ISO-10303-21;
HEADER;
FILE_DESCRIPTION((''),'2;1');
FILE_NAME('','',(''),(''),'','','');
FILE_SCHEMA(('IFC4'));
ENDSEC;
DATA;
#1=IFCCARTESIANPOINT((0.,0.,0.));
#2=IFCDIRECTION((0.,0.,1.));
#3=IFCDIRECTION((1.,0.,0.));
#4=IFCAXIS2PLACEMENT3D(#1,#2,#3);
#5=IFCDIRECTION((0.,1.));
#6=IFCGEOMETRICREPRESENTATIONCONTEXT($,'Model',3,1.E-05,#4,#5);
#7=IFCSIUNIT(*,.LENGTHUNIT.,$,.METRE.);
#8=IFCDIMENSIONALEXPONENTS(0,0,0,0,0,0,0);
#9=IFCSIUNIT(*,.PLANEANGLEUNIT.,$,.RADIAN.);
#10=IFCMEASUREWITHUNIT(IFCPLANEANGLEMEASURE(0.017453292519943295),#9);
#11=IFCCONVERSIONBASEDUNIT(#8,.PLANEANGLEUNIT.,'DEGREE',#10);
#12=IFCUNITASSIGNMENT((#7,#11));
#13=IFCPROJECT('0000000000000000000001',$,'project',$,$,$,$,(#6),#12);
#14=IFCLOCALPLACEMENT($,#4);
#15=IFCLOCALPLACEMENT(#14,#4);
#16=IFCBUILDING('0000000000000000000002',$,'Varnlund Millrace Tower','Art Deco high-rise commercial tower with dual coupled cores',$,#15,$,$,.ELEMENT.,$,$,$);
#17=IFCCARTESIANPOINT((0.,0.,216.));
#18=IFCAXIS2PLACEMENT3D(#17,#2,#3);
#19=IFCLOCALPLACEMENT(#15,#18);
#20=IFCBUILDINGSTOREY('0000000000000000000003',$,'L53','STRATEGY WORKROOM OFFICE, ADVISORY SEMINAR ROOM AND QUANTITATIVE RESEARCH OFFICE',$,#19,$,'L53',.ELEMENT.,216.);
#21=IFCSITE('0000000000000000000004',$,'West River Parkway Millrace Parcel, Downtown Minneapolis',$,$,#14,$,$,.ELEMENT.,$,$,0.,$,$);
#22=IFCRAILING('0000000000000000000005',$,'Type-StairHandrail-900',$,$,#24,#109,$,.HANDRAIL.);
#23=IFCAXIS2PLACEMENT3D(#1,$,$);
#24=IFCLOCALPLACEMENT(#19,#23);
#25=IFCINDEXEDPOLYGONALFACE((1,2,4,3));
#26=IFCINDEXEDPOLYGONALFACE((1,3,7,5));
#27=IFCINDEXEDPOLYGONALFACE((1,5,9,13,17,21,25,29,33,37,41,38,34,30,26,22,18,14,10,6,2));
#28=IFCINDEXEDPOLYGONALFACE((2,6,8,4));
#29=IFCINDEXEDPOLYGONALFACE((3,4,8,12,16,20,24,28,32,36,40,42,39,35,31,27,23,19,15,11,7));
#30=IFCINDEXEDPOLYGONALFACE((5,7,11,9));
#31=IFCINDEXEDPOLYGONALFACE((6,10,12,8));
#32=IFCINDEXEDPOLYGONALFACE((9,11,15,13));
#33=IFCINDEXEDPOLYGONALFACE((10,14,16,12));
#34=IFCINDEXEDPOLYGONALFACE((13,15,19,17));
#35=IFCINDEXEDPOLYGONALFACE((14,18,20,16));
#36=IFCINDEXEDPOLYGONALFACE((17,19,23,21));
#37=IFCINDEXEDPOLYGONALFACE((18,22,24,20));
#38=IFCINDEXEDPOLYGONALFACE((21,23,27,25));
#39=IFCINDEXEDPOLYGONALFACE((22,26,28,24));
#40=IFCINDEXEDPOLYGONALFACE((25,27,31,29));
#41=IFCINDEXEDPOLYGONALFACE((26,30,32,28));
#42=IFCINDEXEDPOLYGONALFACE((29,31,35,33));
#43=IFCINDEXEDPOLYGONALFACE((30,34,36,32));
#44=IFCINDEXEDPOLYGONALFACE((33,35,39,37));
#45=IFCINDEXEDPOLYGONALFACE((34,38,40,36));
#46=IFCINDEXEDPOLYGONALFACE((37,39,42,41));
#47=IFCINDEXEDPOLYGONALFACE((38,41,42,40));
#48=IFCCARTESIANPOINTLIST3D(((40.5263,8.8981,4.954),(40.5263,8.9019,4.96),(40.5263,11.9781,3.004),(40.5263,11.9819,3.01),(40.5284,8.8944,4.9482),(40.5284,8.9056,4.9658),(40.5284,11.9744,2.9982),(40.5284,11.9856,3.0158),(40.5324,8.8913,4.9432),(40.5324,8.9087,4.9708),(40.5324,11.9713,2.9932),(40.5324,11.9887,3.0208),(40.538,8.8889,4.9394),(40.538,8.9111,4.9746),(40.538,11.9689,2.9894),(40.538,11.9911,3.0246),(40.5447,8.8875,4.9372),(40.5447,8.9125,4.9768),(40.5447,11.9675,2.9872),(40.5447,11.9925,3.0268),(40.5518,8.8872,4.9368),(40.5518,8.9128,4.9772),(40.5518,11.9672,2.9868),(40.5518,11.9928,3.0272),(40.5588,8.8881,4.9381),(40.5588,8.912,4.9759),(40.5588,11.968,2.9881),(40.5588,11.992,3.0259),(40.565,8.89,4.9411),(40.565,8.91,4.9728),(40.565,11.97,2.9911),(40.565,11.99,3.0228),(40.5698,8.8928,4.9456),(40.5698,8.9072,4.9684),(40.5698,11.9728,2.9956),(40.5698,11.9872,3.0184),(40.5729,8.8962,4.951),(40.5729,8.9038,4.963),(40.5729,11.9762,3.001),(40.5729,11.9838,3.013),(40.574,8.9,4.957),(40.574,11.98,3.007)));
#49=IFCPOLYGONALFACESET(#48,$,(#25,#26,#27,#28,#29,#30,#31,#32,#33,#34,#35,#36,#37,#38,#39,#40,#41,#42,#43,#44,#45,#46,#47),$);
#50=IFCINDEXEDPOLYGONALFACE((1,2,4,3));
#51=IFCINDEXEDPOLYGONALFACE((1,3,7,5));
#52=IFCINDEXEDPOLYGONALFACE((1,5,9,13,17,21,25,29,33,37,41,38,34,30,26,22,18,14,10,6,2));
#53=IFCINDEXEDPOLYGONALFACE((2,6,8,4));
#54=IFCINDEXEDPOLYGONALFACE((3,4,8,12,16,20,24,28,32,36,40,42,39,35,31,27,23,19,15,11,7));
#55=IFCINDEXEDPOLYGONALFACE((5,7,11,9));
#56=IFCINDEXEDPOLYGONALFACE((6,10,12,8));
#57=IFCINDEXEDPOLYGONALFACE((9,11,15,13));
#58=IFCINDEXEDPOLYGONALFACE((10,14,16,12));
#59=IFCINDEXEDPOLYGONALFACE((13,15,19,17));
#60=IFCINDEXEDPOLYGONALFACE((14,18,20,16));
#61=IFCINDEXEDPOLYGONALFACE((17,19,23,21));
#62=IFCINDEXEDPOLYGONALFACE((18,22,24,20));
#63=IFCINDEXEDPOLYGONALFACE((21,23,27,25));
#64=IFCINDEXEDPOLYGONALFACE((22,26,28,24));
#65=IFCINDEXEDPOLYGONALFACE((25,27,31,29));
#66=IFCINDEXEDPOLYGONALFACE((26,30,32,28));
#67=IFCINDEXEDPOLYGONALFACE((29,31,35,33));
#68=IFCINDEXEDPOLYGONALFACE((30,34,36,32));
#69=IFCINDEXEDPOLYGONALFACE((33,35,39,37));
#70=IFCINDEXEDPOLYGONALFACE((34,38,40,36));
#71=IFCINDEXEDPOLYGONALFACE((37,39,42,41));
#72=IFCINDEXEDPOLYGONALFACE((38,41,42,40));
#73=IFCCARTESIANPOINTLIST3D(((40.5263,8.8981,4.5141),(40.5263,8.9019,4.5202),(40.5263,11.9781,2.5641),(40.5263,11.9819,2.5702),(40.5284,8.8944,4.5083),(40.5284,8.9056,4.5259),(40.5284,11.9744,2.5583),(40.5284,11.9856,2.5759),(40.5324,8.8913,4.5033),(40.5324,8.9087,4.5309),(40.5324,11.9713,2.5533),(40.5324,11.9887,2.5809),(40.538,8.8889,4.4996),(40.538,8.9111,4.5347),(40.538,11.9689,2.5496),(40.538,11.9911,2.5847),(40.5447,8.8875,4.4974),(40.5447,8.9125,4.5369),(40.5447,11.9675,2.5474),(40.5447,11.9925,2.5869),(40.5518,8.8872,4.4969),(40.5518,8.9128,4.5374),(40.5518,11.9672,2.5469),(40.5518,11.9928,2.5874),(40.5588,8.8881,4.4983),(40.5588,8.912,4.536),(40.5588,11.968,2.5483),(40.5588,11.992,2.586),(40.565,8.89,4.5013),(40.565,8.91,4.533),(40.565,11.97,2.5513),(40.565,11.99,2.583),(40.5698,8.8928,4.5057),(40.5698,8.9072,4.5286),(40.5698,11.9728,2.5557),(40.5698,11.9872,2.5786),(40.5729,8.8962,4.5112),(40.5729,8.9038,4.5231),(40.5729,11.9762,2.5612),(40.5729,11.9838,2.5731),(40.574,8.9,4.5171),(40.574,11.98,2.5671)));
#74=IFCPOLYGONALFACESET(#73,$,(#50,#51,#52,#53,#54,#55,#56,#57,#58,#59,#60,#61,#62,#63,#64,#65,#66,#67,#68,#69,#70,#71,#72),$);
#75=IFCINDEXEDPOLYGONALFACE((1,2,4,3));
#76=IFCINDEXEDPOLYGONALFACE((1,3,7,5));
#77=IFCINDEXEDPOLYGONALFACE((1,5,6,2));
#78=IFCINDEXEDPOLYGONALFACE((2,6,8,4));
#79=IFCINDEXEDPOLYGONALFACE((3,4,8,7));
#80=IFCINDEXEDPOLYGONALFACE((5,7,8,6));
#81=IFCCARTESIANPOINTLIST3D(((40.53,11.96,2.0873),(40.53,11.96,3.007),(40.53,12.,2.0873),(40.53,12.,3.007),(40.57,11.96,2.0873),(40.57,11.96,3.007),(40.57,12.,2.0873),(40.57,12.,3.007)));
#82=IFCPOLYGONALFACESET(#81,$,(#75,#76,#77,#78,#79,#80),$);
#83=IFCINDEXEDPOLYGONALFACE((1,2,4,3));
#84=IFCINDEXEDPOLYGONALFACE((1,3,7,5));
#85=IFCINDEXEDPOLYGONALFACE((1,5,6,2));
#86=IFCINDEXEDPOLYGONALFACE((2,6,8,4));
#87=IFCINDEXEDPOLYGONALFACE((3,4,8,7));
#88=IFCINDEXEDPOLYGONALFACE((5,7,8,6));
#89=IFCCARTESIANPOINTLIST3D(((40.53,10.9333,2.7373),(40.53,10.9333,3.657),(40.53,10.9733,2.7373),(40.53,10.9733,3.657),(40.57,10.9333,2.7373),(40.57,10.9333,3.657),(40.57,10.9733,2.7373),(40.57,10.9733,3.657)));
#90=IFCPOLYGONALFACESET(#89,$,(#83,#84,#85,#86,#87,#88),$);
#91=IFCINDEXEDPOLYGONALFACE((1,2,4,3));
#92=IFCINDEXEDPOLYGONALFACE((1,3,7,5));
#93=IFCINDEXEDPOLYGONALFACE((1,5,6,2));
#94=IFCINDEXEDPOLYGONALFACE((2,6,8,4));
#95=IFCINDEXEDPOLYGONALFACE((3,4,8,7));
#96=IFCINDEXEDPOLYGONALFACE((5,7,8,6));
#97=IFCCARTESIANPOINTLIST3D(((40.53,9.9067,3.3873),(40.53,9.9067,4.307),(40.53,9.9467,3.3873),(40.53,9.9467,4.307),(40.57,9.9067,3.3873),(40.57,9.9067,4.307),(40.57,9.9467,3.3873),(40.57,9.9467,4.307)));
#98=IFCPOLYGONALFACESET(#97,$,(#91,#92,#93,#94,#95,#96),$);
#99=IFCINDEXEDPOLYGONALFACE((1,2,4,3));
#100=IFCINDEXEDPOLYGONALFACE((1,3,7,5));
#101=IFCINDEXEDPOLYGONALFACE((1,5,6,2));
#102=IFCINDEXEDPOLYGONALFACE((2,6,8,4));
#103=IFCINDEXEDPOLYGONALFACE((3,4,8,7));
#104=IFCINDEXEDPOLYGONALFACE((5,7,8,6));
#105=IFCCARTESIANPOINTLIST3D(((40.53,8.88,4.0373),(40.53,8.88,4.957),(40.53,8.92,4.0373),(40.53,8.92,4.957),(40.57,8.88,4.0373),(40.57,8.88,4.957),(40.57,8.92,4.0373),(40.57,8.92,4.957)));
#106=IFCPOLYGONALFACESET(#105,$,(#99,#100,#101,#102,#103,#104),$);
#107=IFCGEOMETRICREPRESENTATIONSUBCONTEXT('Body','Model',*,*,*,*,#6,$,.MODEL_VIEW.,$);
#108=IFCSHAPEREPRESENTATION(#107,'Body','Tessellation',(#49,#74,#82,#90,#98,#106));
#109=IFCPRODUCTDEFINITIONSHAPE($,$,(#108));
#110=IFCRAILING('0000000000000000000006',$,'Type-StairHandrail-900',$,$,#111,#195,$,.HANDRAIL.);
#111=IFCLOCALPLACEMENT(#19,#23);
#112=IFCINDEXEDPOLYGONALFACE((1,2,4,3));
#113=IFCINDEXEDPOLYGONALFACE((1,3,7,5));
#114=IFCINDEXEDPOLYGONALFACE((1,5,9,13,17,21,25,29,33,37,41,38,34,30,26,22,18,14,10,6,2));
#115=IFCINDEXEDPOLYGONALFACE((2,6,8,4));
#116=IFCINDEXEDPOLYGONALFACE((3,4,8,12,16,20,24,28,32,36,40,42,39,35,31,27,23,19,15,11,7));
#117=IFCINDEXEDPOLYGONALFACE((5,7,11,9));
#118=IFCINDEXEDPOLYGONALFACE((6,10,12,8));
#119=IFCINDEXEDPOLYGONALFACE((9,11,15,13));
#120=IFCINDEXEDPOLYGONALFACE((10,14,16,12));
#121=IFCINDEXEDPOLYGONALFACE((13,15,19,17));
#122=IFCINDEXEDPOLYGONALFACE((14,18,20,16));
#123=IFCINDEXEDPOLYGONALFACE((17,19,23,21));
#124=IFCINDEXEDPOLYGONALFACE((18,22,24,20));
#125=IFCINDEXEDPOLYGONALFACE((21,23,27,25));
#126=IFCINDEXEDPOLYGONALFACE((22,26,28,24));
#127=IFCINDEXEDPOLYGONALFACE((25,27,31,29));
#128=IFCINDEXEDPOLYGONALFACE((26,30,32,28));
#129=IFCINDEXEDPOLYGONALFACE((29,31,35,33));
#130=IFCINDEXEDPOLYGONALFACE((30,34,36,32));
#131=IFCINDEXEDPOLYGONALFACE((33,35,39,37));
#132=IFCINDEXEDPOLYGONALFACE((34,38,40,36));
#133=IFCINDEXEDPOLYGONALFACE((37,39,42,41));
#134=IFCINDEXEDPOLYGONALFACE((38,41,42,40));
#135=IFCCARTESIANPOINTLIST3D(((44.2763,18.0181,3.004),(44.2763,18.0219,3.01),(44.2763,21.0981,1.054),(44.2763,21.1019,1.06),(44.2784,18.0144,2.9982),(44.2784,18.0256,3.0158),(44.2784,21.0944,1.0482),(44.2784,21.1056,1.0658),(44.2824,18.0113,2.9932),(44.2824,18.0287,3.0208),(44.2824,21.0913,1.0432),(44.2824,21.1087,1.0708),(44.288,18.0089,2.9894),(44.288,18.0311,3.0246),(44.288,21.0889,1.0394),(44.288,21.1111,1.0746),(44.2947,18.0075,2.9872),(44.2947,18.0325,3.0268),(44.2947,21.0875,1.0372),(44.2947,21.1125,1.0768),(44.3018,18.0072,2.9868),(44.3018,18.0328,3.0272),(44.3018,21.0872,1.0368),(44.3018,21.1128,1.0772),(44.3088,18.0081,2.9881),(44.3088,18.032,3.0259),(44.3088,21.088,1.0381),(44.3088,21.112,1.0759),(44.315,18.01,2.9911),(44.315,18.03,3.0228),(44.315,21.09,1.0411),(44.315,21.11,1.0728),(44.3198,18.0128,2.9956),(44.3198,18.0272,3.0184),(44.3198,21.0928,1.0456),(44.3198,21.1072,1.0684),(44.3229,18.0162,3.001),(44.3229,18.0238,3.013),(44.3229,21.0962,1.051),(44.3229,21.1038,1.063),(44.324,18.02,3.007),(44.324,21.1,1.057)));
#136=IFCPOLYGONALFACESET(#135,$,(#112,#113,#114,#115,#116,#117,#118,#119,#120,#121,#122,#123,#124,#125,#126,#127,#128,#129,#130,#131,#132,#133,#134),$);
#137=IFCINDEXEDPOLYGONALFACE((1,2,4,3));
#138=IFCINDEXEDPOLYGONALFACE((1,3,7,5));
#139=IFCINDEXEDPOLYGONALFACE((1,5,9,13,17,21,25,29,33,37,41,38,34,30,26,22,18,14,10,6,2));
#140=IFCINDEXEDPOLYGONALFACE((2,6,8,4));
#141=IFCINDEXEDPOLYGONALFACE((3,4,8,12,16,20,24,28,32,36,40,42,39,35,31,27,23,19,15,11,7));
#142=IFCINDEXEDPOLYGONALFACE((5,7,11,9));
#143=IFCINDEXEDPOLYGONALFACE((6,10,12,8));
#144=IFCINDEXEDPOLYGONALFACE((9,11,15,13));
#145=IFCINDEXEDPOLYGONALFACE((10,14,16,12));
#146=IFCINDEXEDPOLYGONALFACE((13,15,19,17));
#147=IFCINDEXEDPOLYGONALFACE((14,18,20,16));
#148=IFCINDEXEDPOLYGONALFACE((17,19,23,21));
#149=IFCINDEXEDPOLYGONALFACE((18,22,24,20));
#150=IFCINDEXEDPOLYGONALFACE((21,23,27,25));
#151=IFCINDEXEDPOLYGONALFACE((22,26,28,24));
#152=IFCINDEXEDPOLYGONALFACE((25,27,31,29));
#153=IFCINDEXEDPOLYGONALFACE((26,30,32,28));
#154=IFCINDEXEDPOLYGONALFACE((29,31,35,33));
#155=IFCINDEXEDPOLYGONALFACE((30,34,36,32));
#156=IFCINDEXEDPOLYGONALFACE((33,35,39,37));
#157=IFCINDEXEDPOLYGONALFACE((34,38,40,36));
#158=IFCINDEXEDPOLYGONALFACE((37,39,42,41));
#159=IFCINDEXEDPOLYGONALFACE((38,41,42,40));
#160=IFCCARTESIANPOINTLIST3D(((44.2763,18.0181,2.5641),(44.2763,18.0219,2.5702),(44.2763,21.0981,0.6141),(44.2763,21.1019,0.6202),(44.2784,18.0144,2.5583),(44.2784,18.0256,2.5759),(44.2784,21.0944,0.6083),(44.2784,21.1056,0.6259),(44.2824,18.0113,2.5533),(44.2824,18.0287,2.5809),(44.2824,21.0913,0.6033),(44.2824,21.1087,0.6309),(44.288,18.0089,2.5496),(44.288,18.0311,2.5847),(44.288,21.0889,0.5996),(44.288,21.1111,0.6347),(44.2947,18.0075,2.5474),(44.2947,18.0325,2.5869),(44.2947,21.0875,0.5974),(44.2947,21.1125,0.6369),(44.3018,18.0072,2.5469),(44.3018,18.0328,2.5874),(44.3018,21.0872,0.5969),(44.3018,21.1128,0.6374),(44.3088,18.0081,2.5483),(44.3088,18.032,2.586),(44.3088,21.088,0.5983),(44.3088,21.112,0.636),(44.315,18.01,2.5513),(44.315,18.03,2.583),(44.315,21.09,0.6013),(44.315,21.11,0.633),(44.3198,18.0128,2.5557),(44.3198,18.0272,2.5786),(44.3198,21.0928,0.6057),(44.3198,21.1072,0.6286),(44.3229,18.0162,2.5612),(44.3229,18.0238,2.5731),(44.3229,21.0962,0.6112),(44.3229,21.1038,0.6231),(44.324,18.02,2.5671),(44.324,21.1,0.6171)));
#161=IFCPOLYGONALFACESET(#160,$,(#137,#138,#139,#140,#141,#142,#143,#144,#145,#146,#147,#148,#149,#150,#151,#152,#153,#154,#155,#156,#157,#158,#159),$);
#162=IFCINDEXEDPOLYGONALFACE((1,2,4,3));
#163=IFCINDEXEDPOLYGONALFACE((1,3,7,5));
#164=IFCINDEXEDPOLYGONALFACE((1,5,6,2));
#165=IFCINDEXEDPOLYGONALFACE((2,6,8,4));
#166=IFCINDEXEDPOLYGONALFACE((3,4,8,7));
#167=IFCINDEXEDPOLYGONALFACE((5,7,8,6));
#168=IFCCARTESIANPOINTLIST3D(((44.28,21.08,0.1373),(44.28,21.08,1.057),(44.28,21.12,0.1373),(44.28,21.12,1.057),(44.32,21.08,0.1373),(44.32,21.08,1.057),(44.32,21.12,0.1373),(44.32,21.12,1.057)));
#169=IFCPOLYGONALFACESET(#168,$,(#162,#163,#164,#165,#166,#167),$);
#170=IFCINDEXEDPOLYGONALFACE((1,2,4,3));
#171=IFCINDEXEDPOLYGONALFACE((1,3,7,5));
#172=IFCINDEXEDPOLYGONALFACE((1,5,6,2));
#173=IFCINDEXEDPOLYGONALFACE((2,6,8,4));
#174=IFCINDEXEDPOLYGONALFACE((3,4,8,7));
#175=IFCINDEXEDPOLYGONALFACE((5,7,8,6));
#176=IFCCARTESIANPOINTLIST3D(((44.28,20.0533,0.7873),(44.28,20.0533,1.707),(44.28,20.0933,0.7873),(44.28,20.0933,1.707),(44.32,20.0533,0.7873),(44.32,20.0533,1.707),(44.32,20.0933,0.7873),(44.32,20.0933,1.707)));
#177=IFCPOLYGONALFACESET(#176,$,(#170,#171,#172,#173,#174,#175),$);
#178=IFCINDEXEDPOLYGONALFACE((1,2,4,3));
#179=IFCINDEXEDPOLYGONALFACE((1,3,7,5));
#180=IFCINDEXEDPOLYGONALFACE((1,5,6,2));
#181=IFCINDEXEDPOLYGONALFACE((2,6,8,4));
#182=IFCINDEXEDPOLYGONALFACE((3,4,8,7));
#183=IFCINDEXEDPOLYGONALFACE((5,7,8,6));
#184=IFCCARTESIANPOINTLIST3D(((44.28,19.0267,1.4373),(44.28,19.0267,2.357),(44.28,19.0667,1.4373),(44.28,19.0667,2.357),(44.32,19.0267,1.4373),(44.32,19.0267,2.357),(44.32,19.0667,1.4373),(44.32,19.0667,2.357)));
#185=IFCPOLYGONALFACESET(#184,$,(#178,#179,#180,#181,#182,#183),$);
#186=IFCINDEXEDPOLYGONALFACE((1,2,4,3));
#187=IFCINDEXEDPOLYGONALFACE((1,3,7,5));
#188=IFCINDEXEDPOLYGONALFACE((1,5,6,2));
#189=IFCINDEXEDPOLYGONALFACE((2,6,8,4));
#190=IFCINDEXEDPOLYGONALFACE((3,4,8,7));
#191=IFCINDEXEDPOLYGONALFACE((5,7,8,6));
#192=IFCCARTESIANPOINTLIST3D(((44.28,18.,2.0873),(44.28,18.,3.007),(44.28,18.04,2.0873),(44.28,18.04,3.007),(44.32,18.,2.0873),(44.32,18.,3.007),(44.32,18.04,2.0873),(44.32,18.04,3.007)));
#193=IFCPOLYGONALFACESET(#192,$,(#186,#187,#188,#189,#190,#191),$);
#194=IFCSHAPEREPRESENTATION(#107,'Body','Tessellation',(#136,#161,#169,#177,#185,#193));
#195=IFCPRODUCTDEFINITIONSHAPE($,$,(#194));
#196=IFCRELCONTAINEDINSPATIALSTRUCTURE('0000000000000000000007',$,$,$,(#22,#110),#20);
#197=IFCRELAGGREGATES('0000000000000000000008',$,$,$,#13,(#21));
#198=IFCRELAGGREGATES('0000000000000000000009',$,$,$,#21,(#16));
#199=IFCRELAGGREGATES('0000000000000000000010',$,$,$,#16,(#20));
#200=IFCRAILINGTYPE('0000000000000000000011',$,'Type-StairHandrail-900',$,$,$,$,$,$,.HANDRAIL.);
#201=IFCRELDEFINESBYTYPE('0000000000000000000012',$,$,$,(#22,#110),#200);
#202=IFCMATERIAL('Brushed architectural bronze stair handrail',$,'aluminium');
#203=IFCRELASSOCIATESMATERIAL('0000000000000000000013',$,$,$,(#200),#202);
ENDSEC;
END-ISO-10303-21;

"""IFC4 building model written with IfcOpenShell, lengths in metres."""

from ifc_helpers import new_model, entity, si_unit, converted_unit, direction, frame, origin_with_axes, origin_2d_with_axis, place, context, subcontext, project, spatial, rectangle, circle, extrude, material, type_object, element, save


model = new_model("IFC4")

# Units and contexts
model_context = context("Model", 3, precision=1e-05, world=origin_with_axes(), true_north=direction((0.0, 1.0)))
body_context = subcontext(model_context, "Body", "Model", "MODEL_VIEW")
ifc_project = project(units=[si_unit("LENGTHUNIT", "METRE"), converted_unit("PLANEANGLEUNIT", "DEGREE", entity("IfcPlaneAngleMeasure", 0.017453292519943295), si_unit("PLANEANGLEUNIT", "RADIAN"), dimensions=[0, 0, 0, 0, 0, 0, 0])], contexts=[model_context])

# Site, building, storey
site_placement = place(None, origin_with_axes())
site = spatial("IfcSite", under=ifc_project, at=site_placement, Name="West River Parkway Millrace Parcel, Downtown Minneapolis", CompositionType="ELEMENT", RefElevation=0.0)
building_placement = place(site_placement, origin_with_axes())
building = spatial("IfcBuilding", under=site, at=building_placement, Name="Varnlund Millrace Tower", Description="Art Deco high-rise commercial tower with dual coupled cores", CompositionType="ELEMENT")
storey_placement = place(building_placement, frame((0.0, 0.0, 216.0), z_axis=(0.0, 0.0, 1.0), x_axis=(1.0, 0.0, 0.0)))
storey = spatial("IfcBuildingStorey", under=building, at=storey_placement, Name="L53", Description="STRATEGY WORKROOM OFFICE, ADVISORY SEMINAR ROOM AND QUANTITATIVE RESEARCH OFFICE", LongName="L53", CompositionType="ELEMENT", Elevation=216.0)

# Railings
ifc_material_1 = material(Name="Brushed architectural bronze stair handrail", Category="aluminium")
railing_type_1 = type_object("IfcRailingType", Name="Type-StairHandrail-900", PredefinedType="HANDRAIL", material=ifc_material_1)
railing_1_placement = place(storey_placement, frame((0.0, 0.0, -216.0), z_axis=(0.0, 0.0, 1.0), x_axis=(1.0, 0.0, 0.0)))
element("IfcRailing", 1, at=railing_1_placement, inside=storey, type_object=railing_type_1, Name="Type-StairHandrail-900", PredefinedType="HANDRAIL", context=body_context, shape_type="SweptSolid", body=[
    extrude(circle(Radius=0.024, at=origin_2d_with_axis()), frame((40.55, 11.98, 219.007), z_axis=(0.0, -0.844902, 0.534922), x_axis=(1.0, 0.0, 0.0)), (0.0, 0.0, 1.0), 3.6454),
    extrude(circle(Radius=0.024, at=origin_2d_with_axis()), frame((40.55, 11.98, 218.5671), z_axis=(0.0, -0.844902, 0.534922), x_axis=(1.0, 0.0, 0.0)), (0.0, 0.0, 1.0), 3.6454),
    extrude(rectangle(XDim=0.04, YDim=0.04, at=origin_2d_with_axis()), frame((40.55, 11.98, 218.0873), z_axis=(0.0, 0.0, 1.0), x_axis=(1.0, 0.0, 0.0)), (0.0, 0.0, 1.0), 0.9197),
    extrude(rectangle(XDim=0.04, YDim=0.04, at=origin_2d_with_axis()), frame((40.55, 10.9533, 218.7373), z_axis=(0.0, 0.0, 1.0), x_axis=(1.0, 0.0, 0.0)), (0.0, 0.0, 1.0), 0.9197),
    extrude(rectangle(XDim=0.04, YDim=0.04, at=origin_2d_with_axis()), frame((40.55, 9.9267, 219.3873), z_axis=(0.0, 0.0, 1.0), x_axis=(1.0, 0.0, 0.0)), (0.0, 0.0, 1.0), 0.9197),
    extrude(rectangle(XDim=0.04, YDim=0.04, at=origin_2d_with_axis()), frame((40.55, 8.9, 220.0373), z_axis=(0.0, 0.0, 1.0), x_axis=(1.0, 0.0, 0.0)), (0.0, 0.0, 1.0), 0.9197),
])
railing_2_placement = place(storey_placement, frame((0.0, 0.0, -216.0), z_axis=(0.0, 0.0, 1.0), x_axis=(1.0, 0.0, 0.0)))
element("IfcRailing", 2, at=railing_2_placement, inside=storey, type_object=railing_type_1, Name="Type-StairHandrail-900", PredefinedType="HANDRAIL", context=body_context, shape_type="SweptSolid", body=[
    extrude(circle(Radius=0.024, at=origin_2d_with_axis()), frame((44.3, 21.1, 217.057), z_axis=(0.0, -0.844902, 0.534922), x_axis=(1.0, 0.0, 0.0)), (0.0, 0.0, 1.0), 3.6454),
    extrude(circle(Radius=0.024, at=origin_2d_with_axis()), frame((44.3, 21.1, 216.6171), z_axis=(0.0, -0.844902, 0.534922), x_axis=(1.0, 0.0, 0.0)), (0.0, 0.0, 1.0), 3.6454),
    extrude(rectangle(XDim=0.04, YDim=0.04, at=origin_2d_with_axis()), frame((44.3, 21.1, 216.1373), z_axis=(0.0, 0.0, 1.0), x_axis=(1.0, 0.0, 0.0)), (0.0, 0.0, 1.0), 0.9197),
    extrude(rectangle(XDim=0.04, YDim=0.04, at=origin_2d_with_axis()), frame((44.3, 20.0733, 216.7873), z_axis=(0.0, 0.0, 1.0), x_axis=(1.0, 0.0, 0.0)), (0.0, 0.0, 1.0), 0.9197),
    extrude(rectangle(XDim=0.04, YDim=0.04, at=origin_2d_with_axis()), frame((44.3, 19.0467, 217.4373), z_axis=(0.0, 0.0, 1.0), x_axis=(1.0, 0.0, 0.0)), (0.0, 0.0, 1.0), 0.9197),
    extrude(rectangle(XDim=0.04, YDim=0.04, at=origin_2d_with_axis()), frame((44.3, 18.02, 218.0873), z_axis=(0.0, 0.0, 1.0), x_axis=(1.0, 0.0, 0.0)), (0.0, 0.0, 1.0), 0.9197),
])

save(model, "model.ifc")
